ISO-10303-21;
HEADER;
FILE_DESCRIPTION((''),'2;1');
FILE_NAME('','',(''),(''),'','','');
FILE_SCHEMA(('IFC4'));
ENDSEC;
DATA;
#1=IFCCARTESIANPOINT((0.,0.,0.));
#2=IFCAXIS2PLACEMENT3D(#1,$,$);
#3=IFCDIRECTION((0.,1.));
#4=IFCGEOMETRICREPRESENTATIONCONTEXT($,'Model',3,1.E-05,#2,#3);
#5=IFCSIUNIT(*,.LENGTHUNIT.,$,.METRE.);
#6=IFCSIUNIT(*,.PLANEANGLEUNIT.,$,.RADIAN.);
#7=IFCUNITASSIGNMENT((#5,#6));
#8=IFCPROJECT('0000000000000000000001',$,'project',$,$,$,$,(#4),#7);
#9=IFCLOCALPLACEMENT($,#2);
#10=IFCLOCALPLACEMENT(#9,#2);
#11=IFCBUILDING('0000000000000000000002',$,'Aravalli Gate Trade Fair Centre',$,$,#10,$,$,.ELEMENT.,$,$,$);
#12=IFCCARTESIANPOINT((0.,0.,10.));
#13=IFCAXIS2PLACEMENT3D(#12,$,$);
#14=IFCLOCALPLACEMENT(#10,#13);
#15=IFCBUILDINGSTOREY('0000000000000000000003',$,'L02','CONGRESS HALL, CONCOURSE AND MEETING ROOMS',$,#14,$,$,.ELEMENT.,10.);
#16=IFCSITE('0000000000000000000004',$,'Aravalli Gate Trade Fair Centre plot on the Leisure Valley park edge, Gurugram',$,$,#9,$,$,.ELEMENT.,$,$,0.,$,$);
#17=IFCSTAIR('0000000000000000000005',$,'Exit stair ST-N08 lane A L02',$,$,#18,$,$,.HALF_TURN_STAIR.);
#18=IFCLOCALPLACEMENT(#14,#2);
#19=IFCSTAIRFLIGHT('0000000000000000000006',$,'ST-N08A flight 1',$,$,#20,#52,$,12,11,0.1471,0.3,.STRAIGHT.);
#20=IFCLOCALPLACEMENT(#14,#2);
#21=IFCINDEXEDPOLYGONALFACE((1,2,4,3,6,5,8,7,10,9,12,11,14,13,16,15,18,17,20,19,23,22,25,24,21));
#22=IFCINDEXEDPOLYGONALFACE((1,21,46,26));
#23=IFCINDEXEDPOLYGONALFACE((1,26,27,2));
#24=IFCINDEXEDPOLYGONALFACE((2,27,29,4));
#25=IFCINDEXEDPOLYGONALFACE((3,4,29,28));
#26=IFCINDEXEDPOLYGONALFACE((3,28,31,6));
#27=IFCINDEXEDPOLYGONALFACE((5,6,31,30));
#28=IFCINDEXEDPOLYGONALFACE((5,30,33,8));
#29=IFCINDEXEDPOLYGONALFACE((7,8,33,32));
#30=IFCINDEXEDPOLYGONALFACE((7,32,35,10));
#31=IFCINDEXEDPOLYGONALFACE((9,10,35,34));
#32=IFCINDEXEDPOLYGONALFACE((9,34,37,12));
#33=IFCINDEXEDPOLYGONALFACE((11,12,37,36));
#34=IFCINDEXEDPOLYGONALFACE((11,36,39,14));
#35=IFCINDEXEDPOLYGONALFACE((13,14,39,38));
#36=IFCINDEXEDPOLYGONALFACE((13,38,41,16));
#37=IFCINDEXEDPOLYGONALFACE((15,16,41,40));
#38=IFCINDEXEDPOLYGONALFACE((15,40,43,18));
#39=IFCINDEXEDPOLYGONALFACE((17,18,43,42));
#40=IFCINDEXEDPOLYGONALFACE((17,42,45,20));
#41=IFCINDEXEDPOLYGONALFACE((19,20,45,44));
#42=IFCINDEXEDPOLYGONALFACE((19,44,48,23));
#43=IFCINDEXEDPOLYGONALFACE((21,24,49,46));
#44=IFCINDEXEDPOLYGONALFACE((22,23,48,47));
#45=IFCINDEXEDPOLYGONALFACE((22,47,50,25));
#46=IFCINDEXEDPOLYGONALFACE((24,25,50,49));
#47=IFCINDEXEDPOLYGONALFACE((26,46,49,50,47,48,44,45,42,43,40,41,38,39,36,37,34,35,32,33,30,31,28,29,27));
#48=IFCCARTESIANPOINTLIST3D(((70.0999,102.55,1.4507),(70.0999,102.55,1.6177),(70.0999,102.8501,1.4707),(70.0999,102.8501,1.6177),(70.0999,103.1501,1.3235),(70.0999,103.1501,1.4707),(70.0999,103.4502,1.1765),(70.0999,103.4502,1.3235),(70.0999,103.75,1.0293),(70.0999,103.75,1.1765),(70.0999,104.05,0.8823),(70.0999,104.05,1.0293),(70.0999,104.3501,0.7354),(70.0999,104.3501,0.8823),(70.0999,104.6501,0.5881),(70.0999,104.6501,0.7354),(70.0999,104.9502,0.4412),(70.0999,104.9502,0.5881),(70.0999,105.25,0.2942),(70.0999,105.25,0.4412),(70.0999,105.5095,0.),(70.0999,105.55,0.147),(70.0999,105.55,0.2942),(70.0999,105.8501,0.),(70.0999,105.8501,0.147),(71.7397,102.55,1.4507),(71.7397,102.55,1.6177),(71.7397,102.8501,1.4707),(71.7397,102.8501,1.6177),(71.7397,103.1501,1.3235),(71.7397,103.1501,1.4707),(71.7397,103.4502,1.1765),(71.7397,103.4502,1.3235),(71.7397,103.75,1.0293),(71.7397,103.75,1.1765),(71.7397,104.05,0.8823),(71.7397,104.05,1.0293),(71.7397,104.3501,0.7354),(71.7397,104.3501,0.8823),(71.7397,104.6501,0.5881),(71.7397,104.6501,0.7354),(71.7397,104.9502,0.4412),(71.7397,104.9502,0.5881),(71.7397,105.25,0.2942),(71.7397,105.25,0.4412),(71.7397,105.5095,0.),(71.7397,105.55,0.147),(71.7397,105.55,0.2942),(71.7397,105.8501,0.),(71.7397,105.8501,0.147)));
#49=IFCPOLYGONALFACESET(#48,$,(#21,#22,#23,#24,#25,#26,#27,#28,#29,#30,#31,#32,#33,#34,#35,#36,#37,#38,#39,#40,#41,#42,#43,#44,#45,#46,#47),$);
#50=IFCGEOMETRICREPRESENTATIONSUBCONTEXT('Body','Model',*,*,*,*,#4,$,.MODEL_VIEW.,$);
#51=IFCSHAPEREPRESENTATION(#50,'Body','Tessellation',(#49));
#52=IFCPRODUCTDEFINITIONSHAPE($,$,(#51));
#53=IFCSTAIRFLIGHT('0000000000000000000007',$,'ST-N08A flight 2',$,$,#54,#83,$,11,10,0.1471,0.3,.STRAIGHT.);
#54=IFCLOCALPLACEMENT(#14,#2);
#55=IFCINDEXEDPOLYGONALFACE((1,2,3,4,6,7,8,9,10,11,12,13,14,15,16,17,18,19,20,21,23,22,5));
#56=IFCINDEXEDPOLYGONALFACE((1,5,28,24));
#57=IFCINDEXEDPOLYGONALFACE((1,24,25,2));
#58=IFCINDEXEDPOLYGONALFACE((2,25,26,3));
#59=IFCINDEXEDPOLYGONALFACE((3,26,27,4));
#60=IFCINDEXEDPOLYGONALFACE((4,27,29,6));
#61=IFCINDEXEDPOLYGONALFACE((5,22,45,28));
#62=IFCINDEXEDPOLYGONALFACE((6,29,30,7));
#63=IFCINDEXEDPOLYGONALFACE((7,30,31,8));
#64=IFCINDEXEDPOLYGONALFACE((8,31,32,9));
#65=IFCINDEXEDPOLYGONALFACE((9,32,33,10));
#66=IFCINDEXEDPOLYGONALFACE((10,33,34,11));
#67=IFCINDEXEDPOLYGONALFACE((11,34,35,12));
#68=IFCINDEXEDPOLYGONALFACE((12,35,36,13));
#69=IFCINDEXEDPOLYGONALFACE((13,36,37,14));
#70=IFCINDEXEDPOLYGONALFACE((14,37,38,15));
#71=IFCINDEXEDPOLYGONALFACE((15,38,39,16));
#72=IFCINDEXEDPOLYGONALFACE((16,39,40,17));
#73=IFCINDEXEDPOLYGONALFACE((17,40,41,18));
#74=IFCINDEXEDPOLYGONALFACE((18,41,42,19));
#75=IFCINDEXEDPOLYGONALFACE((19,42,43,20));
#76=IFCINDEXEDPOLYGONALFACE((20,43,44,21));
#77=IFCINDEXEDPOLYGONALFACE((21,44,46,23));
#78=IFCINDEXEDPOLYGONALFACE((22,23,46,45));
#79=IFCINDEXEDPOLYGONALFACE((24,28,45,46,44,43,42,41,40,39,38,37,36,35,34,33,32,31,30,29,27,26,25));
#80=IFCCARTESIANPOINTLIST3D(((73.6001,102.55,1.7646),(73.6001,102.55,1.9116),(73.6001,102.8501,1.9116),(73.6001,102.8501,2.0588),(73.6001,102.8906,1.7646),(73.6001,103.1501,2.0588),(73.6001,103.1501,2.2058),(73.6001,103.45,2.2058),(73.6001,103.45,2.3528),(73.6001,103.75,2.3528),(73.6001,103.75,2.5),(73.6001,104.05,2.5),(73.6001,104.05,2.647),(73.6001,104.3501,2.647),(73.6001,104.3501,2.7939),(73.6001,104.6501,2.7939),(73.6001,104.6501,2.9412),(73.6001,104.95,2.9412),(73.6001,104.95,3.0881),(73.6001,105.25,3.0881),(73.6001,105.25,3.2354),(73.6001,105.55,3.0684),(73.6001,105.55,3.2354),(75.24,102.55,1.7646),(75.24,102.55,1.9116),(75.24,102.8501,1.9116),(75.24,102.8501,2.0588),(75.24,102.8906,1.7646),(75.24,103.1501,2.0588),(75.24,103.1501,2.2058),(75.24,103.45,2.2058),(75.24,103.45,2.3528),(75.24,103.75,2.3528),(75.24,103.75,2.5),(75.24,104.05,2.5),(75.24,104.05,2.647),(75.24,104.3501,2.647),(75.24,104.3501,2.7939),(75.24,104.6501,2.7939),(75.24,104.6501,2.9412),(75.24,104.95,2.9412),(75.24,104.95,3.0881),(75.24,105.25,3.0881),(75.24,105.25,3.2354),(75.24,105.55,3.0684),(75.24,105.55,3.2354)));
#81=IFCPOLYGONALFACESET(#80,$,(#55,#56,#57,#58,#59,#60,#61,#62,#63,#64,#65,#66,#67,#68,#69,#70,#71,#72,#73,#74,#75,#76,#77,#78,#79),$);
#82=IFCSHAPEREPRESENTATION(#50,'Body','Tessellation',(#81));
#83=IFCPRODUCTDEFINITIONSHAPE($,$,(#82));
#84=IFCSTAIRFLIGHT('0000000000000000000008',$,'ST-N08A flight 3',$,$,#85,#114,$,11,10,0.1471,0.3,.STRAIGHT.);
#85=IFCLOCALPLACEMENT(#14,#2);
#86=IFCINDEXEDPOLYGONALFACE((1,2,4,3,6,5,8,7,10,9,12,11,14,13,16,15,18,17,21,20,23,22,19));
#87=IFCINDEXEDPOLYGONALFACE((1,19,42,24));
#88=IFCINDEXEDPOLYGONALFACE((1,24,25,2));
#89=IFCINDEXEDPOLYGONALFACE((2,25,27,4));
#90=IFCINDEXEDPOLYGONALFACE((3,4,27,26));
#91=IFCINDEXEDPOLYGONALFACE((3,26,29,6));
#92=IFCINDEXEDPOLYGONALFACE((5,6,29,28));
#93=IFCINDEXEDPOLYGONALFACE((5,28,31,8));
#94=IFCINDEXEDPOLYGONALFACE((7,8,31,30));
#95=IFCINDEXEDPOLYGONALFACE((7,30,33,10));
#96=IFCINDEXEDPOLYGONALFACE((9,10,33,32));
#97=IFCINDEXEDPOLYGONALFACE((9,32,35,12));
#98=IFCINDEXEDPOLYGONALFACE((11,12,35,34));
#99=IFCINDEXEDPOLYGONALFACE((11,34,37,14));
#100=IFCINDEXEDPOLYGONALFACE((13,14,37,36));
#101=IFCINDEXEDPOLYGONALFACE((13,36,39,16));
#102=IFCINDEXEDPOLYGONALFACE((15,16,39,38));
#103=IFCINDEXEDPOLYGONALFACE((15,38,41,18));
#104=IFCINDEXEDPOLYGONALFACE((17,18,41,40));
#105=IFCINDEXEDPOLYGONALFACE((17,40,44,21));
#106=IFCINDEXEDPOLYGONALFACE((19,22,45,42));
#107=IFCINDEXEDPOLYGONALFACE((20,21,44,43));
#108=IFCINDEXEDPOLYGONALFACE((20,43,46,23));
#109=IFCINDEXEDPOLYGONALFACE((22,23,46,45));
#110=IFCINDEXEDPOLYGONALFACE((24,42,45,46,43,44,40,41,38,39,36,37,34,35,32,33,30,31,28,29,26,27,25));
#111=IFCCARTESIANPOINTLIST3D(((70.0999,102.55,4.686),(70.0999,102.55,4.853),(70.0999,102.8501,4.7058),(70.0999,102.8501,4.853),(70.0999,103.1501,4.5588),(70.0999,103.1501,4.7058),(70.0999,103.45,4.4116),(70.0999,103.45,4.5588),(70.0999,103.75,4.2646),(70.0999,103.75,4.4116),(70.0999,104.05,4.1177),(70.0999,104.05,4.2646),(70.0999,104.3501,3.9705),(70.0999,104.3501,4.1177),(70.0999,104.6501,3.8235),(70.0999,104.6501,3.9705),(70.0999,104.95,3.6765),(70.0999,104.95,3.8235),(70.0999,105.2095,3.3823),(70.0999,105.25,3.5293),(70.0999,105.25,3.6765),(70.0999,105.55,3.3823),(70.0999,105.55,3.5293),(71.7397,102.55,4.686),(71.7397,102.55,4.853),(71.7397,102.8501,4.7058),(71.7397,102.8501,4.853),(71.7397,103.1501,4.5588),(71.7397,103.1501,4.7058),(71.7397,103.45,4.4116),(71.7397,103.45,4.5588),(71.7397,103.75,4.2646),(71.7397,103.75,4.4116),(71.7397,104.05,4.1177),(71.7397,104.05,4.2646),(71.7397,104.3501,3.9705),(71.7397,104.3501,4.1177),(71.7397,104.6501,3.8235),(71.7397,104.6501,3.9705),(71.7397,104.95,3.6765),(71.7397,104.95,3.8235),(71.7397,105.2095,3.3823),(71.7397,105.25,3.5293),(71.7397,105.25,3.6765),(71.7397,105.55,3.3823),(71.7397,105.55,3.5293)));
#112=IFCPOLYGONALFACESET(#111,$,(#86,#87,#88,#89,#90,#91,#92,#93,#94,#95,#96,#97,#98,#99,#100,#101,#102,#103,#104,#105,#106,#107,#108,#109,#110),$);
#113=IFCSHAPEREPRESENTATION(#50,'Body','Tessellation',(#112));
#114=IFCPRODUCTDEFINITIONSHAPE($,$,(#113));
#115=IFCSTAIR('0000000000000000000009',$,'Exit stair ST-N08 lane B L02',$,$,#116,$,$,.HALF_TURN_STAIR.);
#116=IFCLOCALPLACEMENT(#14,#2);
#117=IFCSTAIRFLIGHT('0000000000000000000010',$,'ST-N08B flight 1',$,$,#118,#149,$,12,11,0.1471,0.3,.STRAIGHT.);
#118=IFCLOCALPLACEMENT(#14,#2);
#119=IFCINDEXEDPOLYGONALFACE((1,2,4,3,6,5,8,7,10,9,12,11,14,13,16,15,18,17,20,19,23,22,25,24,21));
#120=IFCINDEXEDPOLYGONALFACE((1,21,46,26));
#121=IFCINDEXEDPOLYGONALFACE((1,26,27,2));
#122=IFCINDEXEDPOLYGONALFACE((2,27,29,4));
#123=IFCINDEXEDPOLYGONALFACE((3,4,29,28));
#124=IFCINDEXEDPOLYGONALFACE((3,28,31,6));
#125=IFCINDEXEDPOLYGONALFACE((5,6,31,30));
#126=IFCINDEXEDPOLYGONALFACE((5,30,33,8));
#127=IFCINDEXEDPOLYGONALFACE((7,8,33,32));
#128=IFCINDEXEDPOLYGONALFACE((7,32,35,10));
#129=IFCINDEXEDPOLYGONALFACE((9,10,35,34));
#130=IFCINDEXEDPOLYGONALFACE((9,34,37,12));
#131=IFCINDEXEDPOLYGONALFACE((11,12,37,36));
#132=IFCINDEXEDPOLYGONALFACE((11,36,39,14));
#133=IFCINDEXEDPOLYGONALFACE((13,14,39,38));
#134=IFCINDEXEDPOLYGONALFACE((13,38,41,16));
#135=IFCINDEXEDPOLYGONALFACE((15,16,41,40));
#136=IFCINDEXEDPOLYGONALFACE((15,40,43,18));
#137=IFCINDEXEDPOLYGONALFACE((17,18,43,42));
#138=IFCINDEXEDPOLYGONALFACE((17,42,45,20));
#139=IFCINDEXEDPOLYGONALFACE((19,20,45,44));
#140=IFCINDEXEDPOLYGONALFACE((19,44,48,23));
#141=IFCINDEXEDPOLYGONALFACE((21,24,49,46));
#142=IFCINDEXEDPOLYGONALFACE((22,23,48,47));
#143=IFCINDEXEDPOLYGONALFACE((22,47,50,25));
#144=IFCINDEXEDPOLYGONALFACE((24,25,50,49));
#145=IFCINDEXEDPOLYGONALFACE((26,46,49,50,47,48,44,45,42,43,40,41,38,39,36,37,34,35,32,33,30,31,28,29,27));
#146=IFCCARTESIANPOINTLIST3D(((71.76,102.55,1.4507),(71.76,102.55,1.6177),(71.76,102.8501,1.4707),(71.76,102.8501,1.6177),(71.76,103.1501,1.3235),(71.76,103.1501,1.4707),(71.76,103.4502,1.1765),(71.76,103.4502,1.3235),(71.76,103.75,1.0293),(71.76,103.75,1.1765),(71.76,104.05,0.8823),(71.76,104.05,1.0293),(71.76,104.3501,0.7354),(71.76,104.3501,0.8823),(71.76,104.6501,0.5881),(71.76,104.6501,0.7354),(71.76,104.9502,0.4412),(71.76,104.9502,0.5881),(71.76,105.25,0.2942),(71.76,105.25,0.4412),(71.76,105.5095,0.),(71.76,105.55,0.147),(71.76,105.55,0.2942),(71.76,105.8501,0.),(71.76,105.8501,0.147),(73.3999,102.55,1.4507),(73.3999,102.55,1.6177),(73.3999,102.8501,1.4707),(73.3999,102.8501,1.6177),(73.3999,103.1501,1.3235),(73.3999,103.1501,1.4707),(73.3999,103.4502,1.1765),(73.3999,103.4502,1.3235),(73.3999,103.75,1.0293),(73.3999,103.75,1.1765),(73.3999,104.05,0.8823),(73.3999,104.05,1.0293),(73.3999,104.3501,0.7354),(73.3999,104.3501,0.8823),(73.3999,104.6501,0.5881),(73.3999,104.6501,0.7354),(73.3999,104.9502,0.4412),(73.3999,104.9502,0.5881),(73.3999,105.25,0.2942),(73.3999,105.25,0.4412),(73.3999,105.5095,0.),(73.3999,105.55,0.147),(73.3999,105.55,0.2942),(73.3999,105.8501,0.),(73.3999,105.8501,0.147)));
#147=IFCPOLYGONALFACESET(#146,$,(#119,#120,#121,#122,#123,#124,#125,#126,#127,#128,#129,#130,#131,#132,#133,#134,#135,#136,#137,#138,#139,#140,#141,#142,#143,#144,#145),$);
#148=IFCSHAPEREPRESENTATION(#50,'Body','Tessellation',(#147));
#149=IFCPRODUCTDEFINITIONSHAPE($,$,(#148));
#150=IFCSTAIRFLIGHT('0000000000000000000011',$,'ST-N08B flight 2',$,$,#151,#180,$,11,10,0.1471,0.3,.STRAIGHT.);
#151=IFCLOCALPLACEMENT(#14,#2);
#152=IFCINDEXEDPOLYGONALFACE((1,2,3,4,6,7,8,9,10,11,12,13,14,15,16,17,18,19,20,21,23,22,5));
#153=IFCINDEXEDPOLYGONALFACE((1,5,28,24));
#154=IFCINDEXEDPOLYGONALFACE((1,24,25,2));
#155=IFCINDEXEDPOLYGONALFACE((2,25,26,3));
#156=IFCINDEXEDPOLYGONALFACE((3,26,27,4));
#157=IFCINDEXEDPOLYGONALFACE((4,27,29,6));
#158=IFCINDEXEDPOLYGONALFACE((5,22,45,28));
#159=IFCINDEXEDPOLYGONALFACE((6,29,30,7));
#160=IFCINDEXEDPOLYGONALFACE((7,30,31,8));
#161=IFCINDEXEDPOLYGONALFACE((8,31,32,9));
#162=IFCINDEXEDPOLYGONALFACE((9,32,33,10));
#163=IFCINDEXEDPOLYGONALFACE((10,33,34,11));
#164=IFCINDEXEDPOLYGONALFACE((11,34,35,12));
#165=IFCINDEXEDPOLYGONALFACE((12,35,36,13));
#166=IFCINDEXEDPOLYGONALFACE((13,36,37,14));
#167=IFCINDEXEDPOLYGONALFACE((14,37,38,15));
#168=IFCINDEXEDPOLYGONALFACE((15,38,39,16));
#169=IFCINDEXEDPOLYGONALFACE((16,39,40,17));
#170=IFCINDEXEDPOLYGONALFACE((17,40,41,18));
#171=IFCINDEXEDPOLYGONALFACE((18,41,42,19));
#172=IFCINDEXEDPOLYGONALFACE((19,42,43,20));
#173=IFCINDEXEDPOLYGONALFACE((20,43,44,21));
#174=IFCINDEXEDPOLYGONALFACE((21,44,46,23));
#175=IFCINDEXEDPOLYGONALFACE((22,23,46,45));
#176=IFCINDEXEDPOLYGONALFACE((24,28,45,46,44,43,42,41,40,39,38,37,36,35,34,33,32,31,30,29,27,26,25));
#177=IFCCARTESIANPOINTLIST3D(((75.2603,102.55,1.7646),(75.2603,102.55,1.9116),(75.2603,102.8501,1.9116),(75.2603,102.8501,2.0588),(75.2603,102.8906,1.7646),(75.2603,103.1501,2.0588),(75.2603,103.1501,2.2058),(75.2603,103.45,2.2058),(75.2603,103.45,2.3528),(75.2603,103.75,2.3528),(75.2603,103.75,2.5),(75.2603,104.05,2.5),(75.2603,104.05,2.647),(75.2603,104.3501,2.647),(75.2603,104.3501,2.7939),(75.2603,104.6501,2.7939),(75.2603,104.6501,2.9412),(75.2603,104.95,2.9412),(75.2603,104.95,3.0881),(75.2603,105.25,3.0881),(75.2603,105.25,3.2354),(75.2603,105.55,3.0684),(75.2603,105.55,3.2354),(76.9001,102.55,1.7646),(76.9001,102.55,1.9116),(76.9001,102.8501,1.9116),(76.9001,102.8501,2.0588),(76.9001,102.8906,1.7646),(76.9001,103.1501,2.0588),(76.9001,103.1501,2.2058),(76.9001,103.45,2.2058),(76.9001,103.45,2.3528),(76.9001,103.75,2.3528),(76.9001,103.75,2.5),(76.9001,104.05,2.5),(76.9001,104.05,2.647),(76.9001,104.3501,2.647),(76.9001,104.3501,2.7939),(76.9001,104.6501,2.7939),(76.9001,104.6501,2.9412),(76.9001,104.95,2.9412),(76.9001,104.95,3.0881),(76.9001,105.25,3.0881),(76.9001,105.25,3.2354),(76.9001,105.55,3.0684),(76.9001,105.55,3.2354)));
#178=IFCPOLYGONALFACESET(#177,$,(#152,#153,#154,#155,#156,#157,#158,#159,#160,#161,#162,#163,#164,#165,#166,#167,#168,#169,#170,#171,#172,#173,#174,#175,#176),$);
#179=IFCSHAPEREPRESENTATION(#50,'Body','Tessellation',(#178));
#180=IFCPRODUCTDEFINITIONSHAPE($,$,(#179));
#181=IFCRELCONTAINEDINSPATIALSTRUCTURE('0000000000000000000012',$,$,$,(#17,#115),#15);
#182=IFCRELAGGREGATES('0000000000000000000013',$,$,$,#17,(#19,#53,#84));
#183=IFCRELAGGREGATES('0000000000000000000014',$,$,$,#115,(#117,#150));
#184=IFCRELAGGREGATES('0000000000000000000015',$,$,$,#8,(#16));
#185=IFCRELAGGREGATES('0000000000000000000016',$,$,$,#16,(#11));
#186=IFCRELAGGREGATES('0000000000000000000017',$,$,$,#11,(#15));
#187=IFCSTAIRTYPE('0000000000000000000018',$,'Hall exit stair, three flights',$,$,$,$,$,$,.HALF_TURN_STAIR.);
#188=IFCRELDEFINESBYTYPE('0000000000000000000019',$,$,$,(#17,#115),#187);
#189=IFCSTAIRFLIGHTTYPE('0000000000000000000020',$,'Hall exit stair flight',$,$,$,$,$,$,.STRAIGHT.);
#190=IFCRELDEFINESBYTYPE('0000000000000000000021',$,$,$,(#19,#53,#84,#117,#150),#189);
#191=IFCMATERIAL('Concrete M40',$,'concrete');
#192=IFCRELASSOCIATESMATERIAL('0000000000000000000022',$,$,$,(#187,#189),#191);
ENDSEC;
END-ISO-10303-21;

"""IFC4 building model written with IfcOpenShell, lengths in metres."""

from ifc_helpers import new_model, si_unit, direction, frame, origin, place, context, subcontext, project, spatial, polyline, outline, extrude, material, type_object, element, aggregate, save


model = new_model("IFC4")

# Units and contexts
model_context = context("Model", 3, precision=1e-05, world=origin(), true_north=direction((0.0, 1.0)))
body_context = subcontext(model_context, "Body", "Model", "MODEL_VIEW")
ifc_project = project(units=[si_unit("LENGTHUNIT", "METRE"), si_unit("PLANEANGLEUNIT", "RADIAN")], contexts=[model_context])

# Site, building, storey
site_placement = place(None, origin())
site = spatial("IfcSite", under=ifc_project, at=site_placement, Name="Aravalli Gate Trade Fair Centre plot on the Leisure Valley park edge, Gurugram", CompositionType="ELEMENT", RefElevation=0.0)
building_placement = place(site_placement, origin())
building = spatial("IfcBuilding", under=site, at=building_placement, Name="Aravalli Gate Trade Fair Centre", CompositionType="ELEMENT")
storey_placement = place(building_placement, frame((0.0, 0.0, 10.0)))
storey = spatial("IfcBuildingStorey", under=building, at=storey_placement, Name="L02", Description="CONGRESS HALL, CONCOURSE AND MEETING ROOMS", CompositionType="ELEMENT", Elevation=10.0)

# Shared definitions
ifc_material_1 = material(Name="Concrete M40", Category="concrete")

# Stairs, stair flights
stair_type = type_object("IfcStairType", Name="Hall exit stair, three flights", PredefinedType="HALF_TURN_STAIR", material=ifc_material_1)
stair_1_placement = place(storey_placement, origin())
stair_1 = element("IfcStair", 1, at=stair_1_placement, inside=storey, type_object=stair_type, Name="Exit stair ST-N08 lane A L02", PredefinedType="HALF_TURN_STAIR")
stair_flight_type = type_object("IfcStairFlightType", Name="Hall exit stair flight", PredefinedType="STRAIGHT", material=ifc_material_1)
stair_flight_1_placement = place(storey_placement, frame((70.9199, 105.8501, 0.0), z_axis=(0.0, 0.0, 1.0), x_axis=(0.0, -1.0, 0.0)))
stair_flight_1 = element("IfcStairFlight", 2, at=stair_flight_1_placement, type_object=stair_flight_type, Name="ST-N08A flight 1", NumberOfRisers=12, NumberOfTreads=11, PredefinedType="STRAIGHT", RiserHeight=0.1471, TreadLength=0.3, context=body_context, shape_type="SweptSolid", body=[
    extrude(outline(polyline([(0.0, 0.0), (0.0, 0.147), (0.3, 0.147), (0.3, 0.2942), (0.6001, 0.2942), (0.6001, 0.4412), (0.8999, 0.4412), (0.8999, 0.5881), (1.2, 0.5881), (1.2, 0.7354), (1.5, 0.7354), (1.5, 0.8823), (1.8, 0.8823), (1.8, 1.0293), (2.1001, 1.0293), (2.1001, 1.1765), (2.3999, 1.1765), (2.3999, 1.3235), (2.7, 1.3235), (2.7, 1.4707), (3.0, 1.4707), (3.0, 1.6177), (3.3, 1.6177), (3.3, 1.7646), (3.3, 1.4507), (0.3406, 0.0), (0.0, 0.0)])), frame((0.0, 0.8198, 0.0), z_axis=(0.0, -1.0, 0.0), x_axis=(1.0, 0.0, 0.0)), (0.0, 0.0, 1.0), 1.6399),
])
stair_flight_2_placement = place(storey_placement, frame((74.4199, 102.55, 1.7646), z_axis=(0.0, 0.0, 1.0), x_axis=(0.0, 1.0, 0.0)))
stair_flight_2 = element("IfcStairFlight", 3, at=stair_flight_2_placement, type_object=stair_flight_type, Name="ST-N08A flight 2", NumberOfRisers=11, NumberOfTreads=10, PredefinedType="STRAIGHT", RiserHeight=0.1471, TreadLength=0.3, context=body_context, shape_type="SweptSolid", body=[
    extrude(outline(polyline([(0.0, 0.0), (0.0, 0.147), (0.3, 0.147), (0.3, 0.2942), (0.6001, 0.2942), (0.6001, 0.4412), (0.8999, 0.4412), (0.8999, 0.5881), (1.2, 0.5881), (1.2, 0.7354), (1.5, 0.7354), (1.5, 0.8823), (1.8, 0.8823), (1.8, 1.0293), (2.1001, 1.0293), (2.1001, 1.1765), (2.3999, 1.1765), (2.3999, 1.3235), (2.7, 1.3235), (2.7, 1.4707), (3.0, 1.4707), (3.0, 1.6177), (3.0, 1.3037), (0.3406, 0.0), (0.0, 0.0)])), frame((0.0, 0.8198, 0.0), z_axis=(0.0, -1.0, 0.0), x_axis=(1.0, 0.0, 0.0)), (0.0, 0.0, 1.0), 1.6399),
])
stair_flight_3_placement = place(storey_placement, frame((70.9199, 105.55, 3.3823), z_axis=(0.0, 0.0, 1.0), x_axis=(0.0, -1.0, 0.0)))
stair_flight_3 = element("IfcStairFlight", 4, at=stair_flight_3_placement, type_object=stair_flight_type, Name="ST-N08A flight 3", NumberOfRisers=11, NumberOfTreads=10, PredefinedType="STRAIGHT", RiserHeight=0.1471, TreadLength=0.3, context=body_context, shape_type="SweptSolid", body=[
    extrude(outline(polyline([(0.0, 0.0), (0.0, 0.147), (0.3, 0.147), (0.3, 0.2942), (0.6001, 0.2942), (0.6001, 0.4412), (0.8999, 0.4412), (0.8999, 0.5881), (1.2, 0.5881), (1.2, 0.7354), (1.5, 0.7354), (1.5, 0.8823), (1.8, 0.8823), (1.8, 1.0293), (2.1001, 1.0293), (2.1001, 1.1765), (2.3999, 1.1765), (2.3999, 1.3235), (2.7, 1.3235), (2.7, 1.4707), (3.0, 1.4707), (3.0, 1.6177), (3.0, 1.3037), (0.3406, 0.0), (0.0, 0.0)])), frame((0.0, 0.8198, 0.0), z_axis=(0.0, -1.0, 0.0), x_axis=(1.0, 0.0, 0.0)), (0.0, 0.0, 1.0), 1.6399),
])
aggregate(stair_1, [stair_flight_1, stair_flight_2, stair_flight_3])
stair_2_placement = place(storey_placement, origin())
stair_2 = element("IfcStair", 5, at=stair_2_placement, inside=storey, type_object=stair_type, Name="Exit stair ST-N08 lane B L02", PredefinedType="HALF_TURN_STAIR")
stair_flight_4_placement = place(storey_placement, frame((72.5801, 105.8501, 0.0), z_axis=(0.0, 0.0, 1.0), x_axis=(0.0, -1.0, 0.0)))
stair_flight_4 = element("IfcStairFlight", 6, at=stair_flight_4_placement, type_object=stair_flight_type, Name="ST-N08B flight 1", NumberOfRisers=12, NumberOfTreads=11, PredefinedType="STRAIGHT", RiserHeight=0.1471, TreadLength=0.3, context=body_context, shape_type="SweptSolid", body=[
    extrude(outline(polyline([(0.0, 0.0), (0.0, 0.147), (0.3, 0.147), (0.3, 0.2942), (0.6001, 0.2942), (0.6001, 0.4412), (0.8999, 0.4412), (0.8999, 0.5881), (1.2, 0.5881), (1.2, 0.7354), (1.5, 0.7354), (1.5, 0.8823), (1.8, 0.8823), (1.8, 1.0293), (2.1001, 1.0293), (2.1001, 1.1765), (2.3999, 1.1765), (2.3999, 1.3235), (2.7, 1.3235), (2.7, 1.4707), (3.0, 1.4707), (3.0, 1.6177), (3.3, 1.6177), (3.3, 1.7646), (3.3, 1.4507), (0.3406, 0.0), (0.0, 0.0)])), frame((0.0, 0.8198, 0.0), z_axis=(0.0, -1.0, 0.0), x_axis=(1.0, 0.0, 0.0)), (0.0, 0.0, 1.0), 1.6399),
])
stair_flight_5_placement = place(storey_placement, frame((76.0801, 102.55, 1.7646), z_axis=(0.0, 0.0, 1.0), x_axis=(0.0, 1.0, 0.0)))
stair_flight_5 = element("IfcStairFlight", 7, at=stair_flight_5_placement, type_object=stair_flight_type, Name="ST-N08B flight 2", NumberOfRisers=11, NumberOfTreads=10, PredefinedType="STRAIGHT", RiserHeight=0.1471, TreadLength=0.3, context=body_context, shape_type="SweptSolid", body=[
    extrude(outline(polyline([(0.0, 0.0), (0.0, 0.147), (0.3, 0.147), (0.3, 0.2942), (0.6001, 0.2942), (0.6001, 0.4412), (0.8999, 0.4412), (0.8999, 0.5881), (1.2, 0.5881), (1.2, 0.7354), (1.5, 0.7354), (1.5, 0.8823), (1.8, 0.8823), (1.8, 1.0293), (2.1001, 1.0293), (2.1001, 1.1765), (2.3999, 1.1765), (2.3999, 1.3235), (2.7, 1.3235), (2.7, 1.4707), (3.0, 1.4707), (3.0, 1.6177), (3.0, 1.3037), (0.3406, 0.0), (0.0, 0.0)])), frame((0.0, 0.8198, 0.0), z_axis=(0.0, -1.0, 0.0), x_axis=(1.0, 0.0, 0.0)), (0.0, 0.0, 1.0), 1.6399),
])
aggregate(stair_2, [stair_flight_4, stair_flight_5])

save(model, "model.ifc")
